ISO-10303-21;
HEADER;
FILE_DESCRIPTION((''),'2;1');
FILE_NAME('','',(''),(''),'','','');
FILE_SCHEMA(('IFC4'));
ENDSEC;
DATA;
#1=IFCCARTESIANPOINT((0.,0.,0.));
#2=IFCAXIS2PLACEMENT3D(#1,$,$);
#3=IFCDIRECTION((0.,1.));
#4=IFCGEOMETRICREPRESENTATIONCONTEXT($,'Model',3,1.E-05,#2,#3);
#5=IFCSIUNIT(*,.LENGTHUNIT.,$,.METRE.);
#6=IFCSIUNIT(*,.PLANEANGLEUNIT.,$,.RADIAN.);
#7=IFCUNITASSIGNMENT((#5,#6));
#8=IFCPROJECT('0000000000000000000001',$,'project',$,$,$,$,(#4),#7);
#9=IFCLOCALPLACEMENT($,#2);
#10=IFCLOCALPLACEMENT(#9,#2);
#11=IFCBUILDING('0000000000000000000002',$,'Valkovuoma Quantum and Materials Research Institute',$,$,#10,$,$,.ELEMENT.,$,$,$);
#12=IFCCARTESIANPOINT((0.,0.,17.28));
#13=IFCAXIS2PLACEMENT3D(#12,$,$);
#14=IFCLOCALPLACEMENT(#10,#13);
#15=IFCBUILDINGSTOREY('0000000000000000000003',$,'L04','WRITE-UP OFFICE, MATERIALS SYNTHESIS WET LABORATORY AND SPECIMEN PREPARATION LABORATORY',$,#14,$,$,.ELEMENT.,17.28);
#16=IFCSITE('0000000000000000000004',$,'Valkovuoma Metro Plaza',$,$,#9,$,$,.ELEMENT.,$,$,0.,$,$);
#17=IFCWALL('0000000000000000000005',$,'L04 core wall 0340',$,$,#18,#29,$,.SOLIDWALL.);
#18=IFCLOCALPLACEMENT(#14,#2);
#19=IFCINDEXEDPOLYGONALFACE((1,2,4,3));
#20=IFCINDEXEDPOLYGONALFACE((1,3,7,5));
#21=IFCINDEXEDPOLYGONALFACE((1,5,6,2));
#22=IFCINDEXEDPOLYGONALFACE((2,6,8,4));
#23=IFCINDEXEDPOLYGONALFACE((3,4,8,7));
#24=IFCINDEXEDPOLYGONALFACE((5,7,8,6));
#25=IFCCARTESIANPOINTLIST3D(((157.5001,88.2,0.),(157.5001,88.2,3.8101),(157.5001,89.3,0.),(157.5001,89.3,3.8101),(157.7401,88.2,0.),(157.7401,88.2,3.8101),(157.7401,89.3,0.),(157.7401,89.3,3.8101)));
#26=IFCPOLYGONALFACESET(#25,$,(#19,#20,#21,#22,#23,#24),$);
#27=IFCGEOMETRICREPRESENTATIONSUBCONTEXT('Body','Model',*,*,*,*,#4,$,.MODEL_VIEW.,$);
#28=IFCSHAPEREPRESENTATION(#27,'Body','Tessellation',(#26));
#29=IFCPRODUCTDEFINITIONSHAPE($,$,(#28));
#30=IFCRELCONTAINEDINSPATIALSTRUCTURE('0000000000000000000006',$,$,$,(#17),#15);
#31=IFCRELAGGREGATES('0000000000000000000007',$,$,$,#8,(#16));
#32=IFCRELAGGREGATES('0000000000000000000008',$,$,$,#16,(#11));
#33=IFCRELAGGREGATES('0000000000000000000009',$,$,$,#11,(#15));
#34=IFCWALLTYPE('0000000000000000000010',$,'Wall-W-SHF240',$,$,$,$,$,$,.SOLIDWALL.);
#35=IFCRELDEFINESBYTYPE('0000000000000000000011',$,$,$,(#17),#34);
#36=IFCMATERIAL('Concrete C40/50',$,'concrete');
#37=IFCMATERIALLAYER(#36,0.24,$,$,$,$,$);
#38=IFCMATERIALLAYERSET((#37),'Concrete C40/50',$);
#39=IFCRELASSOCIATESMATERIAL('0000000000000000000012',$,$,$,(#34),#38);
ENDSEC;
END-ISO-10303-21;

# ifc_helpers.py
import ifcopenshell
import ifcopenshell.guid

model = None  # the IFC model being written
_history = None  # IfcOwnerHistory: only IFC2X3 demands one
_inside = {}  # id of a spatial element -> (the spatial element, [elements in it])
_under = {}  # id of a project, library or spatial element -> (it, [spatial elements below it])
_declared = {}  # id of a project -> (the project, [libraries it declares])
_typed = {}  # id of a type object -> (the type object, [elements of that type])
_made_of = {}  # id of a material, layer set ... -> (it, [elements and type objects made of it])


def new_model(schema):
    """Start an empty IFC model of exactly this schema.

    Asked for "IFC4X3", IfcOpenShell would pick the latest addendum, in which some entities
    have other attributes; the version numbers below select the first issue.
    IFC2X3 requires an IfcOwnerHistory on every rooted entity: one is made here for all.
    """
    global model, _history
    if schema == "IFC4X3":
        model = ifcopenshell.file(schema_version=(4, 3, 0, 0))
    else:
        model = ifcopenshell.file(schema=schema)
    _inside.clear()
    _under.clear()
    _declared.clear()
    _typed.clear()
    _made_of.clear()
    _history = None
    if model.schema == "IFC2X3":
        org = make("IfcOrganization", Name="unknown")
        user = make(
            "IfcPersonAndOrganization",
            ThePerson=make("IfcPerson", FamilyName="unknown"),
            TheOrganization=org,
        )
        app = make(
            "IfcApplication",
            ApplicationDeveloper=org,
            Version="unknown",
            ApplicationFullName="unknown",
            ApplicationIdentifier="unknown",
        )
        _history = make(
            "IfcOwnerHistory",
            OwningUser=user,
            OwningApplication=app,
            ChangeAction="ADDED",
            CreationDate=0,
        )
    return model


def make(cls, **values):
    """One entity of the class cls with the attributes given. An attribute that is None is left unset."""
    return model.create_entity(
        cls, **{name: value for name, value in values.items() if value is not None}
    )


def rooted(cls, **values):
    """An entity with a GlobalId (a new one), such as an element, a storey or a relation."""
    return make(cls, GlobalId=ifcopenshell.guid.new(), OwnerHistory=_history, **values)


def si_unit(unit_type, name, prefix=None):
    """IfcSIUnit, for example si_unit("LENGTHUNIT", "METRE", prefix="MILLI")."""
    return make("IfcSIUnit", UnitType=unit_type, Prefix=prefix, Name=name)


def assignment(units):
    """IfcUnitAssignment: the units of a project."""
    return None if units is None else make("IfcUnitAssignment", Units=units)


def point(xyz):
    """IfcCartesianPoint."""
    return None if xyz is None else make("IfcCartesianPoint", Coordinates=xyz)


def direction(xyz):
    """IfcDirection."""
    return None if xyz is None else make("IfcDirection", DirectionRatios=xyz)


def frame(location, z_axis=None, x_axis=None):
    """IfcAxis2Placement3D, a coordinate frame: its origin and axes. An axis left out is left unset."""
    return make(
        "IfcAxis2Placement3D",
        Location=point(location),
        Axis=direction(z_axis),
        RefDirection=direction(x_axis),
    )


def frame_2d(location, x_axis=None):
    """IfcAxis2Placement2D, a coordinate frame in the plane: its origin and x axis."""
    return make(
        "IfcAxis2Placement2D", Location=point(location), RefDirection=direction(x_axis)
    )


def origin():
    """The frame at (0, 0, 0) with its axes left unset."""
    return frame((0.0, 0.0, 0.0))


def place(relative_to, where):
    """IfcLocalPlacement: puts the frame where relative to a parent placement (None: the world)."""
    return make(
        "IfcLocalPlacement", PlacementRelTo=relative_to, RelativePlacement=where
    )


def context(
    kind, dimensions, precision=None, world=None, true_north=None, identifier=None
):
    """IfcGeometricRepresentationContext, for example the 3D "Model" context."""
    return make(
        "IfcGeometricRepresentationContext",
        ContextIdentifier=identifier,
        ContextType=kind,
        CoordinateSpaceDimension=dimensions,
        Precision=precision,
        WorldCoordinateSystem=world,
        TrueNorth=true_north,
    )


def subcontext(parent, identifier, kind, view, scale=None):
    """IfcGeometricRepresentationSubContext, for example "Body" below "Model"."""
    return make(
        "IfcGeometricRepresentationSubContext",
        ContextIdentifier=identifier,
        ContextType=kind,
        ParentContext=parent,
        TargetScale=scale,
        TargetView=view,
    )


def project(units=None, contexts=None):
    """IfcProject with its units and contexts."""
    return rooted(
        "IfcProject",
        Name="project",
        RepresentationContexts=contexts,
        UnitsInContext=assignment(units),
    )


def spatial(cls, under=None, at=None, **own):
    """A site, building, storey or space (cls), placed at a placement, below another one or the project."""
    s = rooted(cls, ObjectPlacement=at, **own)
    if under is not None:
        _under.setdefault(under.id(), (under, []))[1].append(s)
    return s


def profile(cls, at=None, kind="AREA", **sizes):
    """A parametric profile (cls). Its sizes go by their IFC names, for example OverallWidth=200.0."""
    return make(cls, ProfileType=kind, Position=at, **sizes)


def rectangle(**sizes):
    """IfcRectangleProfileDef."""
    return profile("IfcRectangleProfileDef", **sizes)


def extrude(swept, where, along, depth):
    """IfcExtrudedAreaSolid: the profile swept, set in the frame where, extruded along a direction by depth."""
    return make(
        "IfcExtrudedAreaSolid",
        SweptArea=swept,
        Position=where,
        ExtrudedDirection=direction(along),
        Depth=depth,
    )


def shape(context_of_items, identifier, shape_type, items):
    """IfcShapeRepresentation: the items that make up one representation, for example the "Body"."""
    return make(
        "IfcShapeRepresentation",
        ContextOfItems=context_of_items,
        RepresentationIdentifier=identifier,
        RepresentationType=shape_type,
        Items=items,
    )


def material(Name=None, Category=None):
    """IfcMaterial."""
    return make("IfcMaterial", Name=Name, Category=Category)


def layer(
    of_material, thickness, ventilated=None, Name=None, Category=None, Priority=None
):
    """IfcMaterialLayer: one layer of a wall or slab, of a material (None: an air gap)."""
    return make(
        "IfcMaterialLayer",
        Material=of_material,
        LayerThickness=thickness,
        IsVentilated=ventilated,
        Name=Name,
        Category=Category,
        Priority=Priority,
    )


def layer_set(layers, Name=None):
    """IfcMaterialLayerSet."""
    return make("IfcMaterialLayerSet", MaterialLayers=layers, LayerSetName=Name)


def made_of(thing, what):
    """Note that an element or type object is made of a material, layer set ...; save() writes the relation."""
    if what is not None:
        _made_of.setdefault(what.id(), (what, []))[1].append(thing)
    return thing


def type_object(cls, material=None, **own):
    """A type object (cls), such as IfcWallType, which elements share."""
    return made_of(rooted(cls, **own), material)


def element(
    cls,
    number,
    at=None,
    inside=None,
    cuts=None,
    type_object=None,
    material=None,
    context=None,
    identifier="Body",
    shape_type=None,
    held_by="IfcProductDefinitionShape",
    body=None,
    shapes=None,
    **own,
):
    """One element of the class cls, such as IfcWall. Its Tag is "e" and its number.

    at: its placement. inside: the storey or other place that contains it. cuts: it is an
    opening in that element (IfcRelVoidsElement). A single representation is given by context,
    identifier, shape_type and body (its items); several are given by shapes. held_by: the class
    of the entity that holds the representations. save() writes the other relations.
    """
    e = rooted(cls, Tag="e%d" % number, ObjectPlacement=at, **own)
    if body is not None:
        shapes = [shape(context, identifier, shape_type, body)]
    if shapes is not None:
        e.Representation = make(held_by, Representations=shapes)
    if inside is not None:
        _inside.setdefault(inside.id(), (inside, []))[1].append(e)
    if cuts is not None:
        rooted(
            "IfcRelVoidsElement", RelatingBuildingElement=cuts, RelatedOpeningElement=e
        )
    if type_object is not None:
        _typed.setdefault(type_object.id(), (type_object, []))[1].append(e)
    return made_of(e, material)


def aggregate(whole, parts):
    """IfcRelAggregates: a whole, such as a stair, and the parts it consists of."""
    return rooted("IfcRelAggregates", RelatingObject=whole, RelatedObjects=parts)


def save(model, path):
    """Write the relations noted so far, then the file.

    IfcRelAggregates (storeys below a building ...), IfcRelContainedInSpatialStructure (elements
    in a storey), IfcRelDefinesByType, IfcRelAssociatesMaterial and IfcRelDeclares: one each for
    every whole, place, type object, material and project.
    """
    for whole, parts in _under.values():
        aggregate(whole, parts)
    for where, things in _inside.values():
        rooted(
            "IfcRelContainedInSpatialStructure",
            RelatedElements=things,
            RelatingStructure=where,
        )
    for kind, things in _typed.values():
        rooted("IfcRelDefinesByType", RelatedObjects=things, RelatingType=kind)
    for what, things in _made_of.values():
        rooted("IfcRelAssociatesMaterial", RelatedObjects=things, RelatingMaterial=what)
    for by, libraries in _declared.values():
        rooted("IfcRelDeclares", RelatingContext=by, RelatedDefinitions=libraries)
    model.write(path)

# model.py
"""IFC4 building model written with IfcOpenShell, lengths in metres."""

from ifc_helpers import new_model, si_unit, direction, frame, frame_2d, origin, place, context, subcontext, project, spatial, rectangle, extrude, material, layer, layer_set, type_object, element, save


model = new_model("IFC4")

# Units and contexts
model_context = context("Model", 3, precision=1e-05, world=origin(), true_north=direction((0.0, 1.0)))
body_context = subcontext(model_context, "Body", "Model", "MODEL_VIEW")
ifc_project = project(units=[si_unit("LENGTHUNIT", "METRE"), si_unit("PLANEANGLEUNIT", "RADIAN")], contexts=[model_context])

# Site, building, storey
site_placement = place(None, origin())
site = spatial("IfcSite", under=ifc_project, at=site_placement, Name="Valkovuoma Metro Plaza", CompositionType="ELEMENT", RefElevation=0.0)
building_placement = place(site_placement, origin())
building = spatial("IfcBuilding", under=site, at=building_placement, Name="Valkovuoma Quantum and Materials Research Institute", CompositionType="ELEMENT")
storey_placement = place(building_placement, frame((0.0, 0.0, 17.28)))
storey = spatial("IfcBuildingStorey", under=building, at=storey_placement, Name="L04", Description="WRITE-UP OFFICE, MATERIALS SYNTHESIS WET LABORATORY AND SPECIMEN PREPARATION LABORATORY", CompositionType="ELEMENT", Elevation=17.28)

# Wall
ifc_material_1 = material(Name="Concrete C40/50", Category="concrete")
ifc_layer_1 = layer(ifc_material_1, 0.24)
ifc_layer_set_1 = layer_set([ifc_layer_1], Name="Concrete C40/50")
wall_type_1 = type_object("IfcWallType", Name="Wall-W-SHF240", PredefinedType="SOLIDWALL", material=ifc_layer_set_1)
for number, where, z_axis, x_axis, name in (
    (1, (157.6201, 88.2, 0.0), (0.0, 0.0, 1.0), (0.0, 1.0, 0.0), "L04 core wall 0340"),
):
    element("IfcWall", number, at=place(storey_placement, frame(where, z_axis=z_axis, x_axis=x_axis)), inside=storey, type_object=wall_type_1, Name=name, PredefinedType="SOLIDWALL", context=body_context, shape_type="SweptSolid", body=[
        extrude(rectangle(XDim=1.1001, YDim=0.24, at=frame_2d((0.55, 0.0))), origin(), (0.0, 0.0, 1.0), 3.8101),
    ])

save(model, "model.ifc")
